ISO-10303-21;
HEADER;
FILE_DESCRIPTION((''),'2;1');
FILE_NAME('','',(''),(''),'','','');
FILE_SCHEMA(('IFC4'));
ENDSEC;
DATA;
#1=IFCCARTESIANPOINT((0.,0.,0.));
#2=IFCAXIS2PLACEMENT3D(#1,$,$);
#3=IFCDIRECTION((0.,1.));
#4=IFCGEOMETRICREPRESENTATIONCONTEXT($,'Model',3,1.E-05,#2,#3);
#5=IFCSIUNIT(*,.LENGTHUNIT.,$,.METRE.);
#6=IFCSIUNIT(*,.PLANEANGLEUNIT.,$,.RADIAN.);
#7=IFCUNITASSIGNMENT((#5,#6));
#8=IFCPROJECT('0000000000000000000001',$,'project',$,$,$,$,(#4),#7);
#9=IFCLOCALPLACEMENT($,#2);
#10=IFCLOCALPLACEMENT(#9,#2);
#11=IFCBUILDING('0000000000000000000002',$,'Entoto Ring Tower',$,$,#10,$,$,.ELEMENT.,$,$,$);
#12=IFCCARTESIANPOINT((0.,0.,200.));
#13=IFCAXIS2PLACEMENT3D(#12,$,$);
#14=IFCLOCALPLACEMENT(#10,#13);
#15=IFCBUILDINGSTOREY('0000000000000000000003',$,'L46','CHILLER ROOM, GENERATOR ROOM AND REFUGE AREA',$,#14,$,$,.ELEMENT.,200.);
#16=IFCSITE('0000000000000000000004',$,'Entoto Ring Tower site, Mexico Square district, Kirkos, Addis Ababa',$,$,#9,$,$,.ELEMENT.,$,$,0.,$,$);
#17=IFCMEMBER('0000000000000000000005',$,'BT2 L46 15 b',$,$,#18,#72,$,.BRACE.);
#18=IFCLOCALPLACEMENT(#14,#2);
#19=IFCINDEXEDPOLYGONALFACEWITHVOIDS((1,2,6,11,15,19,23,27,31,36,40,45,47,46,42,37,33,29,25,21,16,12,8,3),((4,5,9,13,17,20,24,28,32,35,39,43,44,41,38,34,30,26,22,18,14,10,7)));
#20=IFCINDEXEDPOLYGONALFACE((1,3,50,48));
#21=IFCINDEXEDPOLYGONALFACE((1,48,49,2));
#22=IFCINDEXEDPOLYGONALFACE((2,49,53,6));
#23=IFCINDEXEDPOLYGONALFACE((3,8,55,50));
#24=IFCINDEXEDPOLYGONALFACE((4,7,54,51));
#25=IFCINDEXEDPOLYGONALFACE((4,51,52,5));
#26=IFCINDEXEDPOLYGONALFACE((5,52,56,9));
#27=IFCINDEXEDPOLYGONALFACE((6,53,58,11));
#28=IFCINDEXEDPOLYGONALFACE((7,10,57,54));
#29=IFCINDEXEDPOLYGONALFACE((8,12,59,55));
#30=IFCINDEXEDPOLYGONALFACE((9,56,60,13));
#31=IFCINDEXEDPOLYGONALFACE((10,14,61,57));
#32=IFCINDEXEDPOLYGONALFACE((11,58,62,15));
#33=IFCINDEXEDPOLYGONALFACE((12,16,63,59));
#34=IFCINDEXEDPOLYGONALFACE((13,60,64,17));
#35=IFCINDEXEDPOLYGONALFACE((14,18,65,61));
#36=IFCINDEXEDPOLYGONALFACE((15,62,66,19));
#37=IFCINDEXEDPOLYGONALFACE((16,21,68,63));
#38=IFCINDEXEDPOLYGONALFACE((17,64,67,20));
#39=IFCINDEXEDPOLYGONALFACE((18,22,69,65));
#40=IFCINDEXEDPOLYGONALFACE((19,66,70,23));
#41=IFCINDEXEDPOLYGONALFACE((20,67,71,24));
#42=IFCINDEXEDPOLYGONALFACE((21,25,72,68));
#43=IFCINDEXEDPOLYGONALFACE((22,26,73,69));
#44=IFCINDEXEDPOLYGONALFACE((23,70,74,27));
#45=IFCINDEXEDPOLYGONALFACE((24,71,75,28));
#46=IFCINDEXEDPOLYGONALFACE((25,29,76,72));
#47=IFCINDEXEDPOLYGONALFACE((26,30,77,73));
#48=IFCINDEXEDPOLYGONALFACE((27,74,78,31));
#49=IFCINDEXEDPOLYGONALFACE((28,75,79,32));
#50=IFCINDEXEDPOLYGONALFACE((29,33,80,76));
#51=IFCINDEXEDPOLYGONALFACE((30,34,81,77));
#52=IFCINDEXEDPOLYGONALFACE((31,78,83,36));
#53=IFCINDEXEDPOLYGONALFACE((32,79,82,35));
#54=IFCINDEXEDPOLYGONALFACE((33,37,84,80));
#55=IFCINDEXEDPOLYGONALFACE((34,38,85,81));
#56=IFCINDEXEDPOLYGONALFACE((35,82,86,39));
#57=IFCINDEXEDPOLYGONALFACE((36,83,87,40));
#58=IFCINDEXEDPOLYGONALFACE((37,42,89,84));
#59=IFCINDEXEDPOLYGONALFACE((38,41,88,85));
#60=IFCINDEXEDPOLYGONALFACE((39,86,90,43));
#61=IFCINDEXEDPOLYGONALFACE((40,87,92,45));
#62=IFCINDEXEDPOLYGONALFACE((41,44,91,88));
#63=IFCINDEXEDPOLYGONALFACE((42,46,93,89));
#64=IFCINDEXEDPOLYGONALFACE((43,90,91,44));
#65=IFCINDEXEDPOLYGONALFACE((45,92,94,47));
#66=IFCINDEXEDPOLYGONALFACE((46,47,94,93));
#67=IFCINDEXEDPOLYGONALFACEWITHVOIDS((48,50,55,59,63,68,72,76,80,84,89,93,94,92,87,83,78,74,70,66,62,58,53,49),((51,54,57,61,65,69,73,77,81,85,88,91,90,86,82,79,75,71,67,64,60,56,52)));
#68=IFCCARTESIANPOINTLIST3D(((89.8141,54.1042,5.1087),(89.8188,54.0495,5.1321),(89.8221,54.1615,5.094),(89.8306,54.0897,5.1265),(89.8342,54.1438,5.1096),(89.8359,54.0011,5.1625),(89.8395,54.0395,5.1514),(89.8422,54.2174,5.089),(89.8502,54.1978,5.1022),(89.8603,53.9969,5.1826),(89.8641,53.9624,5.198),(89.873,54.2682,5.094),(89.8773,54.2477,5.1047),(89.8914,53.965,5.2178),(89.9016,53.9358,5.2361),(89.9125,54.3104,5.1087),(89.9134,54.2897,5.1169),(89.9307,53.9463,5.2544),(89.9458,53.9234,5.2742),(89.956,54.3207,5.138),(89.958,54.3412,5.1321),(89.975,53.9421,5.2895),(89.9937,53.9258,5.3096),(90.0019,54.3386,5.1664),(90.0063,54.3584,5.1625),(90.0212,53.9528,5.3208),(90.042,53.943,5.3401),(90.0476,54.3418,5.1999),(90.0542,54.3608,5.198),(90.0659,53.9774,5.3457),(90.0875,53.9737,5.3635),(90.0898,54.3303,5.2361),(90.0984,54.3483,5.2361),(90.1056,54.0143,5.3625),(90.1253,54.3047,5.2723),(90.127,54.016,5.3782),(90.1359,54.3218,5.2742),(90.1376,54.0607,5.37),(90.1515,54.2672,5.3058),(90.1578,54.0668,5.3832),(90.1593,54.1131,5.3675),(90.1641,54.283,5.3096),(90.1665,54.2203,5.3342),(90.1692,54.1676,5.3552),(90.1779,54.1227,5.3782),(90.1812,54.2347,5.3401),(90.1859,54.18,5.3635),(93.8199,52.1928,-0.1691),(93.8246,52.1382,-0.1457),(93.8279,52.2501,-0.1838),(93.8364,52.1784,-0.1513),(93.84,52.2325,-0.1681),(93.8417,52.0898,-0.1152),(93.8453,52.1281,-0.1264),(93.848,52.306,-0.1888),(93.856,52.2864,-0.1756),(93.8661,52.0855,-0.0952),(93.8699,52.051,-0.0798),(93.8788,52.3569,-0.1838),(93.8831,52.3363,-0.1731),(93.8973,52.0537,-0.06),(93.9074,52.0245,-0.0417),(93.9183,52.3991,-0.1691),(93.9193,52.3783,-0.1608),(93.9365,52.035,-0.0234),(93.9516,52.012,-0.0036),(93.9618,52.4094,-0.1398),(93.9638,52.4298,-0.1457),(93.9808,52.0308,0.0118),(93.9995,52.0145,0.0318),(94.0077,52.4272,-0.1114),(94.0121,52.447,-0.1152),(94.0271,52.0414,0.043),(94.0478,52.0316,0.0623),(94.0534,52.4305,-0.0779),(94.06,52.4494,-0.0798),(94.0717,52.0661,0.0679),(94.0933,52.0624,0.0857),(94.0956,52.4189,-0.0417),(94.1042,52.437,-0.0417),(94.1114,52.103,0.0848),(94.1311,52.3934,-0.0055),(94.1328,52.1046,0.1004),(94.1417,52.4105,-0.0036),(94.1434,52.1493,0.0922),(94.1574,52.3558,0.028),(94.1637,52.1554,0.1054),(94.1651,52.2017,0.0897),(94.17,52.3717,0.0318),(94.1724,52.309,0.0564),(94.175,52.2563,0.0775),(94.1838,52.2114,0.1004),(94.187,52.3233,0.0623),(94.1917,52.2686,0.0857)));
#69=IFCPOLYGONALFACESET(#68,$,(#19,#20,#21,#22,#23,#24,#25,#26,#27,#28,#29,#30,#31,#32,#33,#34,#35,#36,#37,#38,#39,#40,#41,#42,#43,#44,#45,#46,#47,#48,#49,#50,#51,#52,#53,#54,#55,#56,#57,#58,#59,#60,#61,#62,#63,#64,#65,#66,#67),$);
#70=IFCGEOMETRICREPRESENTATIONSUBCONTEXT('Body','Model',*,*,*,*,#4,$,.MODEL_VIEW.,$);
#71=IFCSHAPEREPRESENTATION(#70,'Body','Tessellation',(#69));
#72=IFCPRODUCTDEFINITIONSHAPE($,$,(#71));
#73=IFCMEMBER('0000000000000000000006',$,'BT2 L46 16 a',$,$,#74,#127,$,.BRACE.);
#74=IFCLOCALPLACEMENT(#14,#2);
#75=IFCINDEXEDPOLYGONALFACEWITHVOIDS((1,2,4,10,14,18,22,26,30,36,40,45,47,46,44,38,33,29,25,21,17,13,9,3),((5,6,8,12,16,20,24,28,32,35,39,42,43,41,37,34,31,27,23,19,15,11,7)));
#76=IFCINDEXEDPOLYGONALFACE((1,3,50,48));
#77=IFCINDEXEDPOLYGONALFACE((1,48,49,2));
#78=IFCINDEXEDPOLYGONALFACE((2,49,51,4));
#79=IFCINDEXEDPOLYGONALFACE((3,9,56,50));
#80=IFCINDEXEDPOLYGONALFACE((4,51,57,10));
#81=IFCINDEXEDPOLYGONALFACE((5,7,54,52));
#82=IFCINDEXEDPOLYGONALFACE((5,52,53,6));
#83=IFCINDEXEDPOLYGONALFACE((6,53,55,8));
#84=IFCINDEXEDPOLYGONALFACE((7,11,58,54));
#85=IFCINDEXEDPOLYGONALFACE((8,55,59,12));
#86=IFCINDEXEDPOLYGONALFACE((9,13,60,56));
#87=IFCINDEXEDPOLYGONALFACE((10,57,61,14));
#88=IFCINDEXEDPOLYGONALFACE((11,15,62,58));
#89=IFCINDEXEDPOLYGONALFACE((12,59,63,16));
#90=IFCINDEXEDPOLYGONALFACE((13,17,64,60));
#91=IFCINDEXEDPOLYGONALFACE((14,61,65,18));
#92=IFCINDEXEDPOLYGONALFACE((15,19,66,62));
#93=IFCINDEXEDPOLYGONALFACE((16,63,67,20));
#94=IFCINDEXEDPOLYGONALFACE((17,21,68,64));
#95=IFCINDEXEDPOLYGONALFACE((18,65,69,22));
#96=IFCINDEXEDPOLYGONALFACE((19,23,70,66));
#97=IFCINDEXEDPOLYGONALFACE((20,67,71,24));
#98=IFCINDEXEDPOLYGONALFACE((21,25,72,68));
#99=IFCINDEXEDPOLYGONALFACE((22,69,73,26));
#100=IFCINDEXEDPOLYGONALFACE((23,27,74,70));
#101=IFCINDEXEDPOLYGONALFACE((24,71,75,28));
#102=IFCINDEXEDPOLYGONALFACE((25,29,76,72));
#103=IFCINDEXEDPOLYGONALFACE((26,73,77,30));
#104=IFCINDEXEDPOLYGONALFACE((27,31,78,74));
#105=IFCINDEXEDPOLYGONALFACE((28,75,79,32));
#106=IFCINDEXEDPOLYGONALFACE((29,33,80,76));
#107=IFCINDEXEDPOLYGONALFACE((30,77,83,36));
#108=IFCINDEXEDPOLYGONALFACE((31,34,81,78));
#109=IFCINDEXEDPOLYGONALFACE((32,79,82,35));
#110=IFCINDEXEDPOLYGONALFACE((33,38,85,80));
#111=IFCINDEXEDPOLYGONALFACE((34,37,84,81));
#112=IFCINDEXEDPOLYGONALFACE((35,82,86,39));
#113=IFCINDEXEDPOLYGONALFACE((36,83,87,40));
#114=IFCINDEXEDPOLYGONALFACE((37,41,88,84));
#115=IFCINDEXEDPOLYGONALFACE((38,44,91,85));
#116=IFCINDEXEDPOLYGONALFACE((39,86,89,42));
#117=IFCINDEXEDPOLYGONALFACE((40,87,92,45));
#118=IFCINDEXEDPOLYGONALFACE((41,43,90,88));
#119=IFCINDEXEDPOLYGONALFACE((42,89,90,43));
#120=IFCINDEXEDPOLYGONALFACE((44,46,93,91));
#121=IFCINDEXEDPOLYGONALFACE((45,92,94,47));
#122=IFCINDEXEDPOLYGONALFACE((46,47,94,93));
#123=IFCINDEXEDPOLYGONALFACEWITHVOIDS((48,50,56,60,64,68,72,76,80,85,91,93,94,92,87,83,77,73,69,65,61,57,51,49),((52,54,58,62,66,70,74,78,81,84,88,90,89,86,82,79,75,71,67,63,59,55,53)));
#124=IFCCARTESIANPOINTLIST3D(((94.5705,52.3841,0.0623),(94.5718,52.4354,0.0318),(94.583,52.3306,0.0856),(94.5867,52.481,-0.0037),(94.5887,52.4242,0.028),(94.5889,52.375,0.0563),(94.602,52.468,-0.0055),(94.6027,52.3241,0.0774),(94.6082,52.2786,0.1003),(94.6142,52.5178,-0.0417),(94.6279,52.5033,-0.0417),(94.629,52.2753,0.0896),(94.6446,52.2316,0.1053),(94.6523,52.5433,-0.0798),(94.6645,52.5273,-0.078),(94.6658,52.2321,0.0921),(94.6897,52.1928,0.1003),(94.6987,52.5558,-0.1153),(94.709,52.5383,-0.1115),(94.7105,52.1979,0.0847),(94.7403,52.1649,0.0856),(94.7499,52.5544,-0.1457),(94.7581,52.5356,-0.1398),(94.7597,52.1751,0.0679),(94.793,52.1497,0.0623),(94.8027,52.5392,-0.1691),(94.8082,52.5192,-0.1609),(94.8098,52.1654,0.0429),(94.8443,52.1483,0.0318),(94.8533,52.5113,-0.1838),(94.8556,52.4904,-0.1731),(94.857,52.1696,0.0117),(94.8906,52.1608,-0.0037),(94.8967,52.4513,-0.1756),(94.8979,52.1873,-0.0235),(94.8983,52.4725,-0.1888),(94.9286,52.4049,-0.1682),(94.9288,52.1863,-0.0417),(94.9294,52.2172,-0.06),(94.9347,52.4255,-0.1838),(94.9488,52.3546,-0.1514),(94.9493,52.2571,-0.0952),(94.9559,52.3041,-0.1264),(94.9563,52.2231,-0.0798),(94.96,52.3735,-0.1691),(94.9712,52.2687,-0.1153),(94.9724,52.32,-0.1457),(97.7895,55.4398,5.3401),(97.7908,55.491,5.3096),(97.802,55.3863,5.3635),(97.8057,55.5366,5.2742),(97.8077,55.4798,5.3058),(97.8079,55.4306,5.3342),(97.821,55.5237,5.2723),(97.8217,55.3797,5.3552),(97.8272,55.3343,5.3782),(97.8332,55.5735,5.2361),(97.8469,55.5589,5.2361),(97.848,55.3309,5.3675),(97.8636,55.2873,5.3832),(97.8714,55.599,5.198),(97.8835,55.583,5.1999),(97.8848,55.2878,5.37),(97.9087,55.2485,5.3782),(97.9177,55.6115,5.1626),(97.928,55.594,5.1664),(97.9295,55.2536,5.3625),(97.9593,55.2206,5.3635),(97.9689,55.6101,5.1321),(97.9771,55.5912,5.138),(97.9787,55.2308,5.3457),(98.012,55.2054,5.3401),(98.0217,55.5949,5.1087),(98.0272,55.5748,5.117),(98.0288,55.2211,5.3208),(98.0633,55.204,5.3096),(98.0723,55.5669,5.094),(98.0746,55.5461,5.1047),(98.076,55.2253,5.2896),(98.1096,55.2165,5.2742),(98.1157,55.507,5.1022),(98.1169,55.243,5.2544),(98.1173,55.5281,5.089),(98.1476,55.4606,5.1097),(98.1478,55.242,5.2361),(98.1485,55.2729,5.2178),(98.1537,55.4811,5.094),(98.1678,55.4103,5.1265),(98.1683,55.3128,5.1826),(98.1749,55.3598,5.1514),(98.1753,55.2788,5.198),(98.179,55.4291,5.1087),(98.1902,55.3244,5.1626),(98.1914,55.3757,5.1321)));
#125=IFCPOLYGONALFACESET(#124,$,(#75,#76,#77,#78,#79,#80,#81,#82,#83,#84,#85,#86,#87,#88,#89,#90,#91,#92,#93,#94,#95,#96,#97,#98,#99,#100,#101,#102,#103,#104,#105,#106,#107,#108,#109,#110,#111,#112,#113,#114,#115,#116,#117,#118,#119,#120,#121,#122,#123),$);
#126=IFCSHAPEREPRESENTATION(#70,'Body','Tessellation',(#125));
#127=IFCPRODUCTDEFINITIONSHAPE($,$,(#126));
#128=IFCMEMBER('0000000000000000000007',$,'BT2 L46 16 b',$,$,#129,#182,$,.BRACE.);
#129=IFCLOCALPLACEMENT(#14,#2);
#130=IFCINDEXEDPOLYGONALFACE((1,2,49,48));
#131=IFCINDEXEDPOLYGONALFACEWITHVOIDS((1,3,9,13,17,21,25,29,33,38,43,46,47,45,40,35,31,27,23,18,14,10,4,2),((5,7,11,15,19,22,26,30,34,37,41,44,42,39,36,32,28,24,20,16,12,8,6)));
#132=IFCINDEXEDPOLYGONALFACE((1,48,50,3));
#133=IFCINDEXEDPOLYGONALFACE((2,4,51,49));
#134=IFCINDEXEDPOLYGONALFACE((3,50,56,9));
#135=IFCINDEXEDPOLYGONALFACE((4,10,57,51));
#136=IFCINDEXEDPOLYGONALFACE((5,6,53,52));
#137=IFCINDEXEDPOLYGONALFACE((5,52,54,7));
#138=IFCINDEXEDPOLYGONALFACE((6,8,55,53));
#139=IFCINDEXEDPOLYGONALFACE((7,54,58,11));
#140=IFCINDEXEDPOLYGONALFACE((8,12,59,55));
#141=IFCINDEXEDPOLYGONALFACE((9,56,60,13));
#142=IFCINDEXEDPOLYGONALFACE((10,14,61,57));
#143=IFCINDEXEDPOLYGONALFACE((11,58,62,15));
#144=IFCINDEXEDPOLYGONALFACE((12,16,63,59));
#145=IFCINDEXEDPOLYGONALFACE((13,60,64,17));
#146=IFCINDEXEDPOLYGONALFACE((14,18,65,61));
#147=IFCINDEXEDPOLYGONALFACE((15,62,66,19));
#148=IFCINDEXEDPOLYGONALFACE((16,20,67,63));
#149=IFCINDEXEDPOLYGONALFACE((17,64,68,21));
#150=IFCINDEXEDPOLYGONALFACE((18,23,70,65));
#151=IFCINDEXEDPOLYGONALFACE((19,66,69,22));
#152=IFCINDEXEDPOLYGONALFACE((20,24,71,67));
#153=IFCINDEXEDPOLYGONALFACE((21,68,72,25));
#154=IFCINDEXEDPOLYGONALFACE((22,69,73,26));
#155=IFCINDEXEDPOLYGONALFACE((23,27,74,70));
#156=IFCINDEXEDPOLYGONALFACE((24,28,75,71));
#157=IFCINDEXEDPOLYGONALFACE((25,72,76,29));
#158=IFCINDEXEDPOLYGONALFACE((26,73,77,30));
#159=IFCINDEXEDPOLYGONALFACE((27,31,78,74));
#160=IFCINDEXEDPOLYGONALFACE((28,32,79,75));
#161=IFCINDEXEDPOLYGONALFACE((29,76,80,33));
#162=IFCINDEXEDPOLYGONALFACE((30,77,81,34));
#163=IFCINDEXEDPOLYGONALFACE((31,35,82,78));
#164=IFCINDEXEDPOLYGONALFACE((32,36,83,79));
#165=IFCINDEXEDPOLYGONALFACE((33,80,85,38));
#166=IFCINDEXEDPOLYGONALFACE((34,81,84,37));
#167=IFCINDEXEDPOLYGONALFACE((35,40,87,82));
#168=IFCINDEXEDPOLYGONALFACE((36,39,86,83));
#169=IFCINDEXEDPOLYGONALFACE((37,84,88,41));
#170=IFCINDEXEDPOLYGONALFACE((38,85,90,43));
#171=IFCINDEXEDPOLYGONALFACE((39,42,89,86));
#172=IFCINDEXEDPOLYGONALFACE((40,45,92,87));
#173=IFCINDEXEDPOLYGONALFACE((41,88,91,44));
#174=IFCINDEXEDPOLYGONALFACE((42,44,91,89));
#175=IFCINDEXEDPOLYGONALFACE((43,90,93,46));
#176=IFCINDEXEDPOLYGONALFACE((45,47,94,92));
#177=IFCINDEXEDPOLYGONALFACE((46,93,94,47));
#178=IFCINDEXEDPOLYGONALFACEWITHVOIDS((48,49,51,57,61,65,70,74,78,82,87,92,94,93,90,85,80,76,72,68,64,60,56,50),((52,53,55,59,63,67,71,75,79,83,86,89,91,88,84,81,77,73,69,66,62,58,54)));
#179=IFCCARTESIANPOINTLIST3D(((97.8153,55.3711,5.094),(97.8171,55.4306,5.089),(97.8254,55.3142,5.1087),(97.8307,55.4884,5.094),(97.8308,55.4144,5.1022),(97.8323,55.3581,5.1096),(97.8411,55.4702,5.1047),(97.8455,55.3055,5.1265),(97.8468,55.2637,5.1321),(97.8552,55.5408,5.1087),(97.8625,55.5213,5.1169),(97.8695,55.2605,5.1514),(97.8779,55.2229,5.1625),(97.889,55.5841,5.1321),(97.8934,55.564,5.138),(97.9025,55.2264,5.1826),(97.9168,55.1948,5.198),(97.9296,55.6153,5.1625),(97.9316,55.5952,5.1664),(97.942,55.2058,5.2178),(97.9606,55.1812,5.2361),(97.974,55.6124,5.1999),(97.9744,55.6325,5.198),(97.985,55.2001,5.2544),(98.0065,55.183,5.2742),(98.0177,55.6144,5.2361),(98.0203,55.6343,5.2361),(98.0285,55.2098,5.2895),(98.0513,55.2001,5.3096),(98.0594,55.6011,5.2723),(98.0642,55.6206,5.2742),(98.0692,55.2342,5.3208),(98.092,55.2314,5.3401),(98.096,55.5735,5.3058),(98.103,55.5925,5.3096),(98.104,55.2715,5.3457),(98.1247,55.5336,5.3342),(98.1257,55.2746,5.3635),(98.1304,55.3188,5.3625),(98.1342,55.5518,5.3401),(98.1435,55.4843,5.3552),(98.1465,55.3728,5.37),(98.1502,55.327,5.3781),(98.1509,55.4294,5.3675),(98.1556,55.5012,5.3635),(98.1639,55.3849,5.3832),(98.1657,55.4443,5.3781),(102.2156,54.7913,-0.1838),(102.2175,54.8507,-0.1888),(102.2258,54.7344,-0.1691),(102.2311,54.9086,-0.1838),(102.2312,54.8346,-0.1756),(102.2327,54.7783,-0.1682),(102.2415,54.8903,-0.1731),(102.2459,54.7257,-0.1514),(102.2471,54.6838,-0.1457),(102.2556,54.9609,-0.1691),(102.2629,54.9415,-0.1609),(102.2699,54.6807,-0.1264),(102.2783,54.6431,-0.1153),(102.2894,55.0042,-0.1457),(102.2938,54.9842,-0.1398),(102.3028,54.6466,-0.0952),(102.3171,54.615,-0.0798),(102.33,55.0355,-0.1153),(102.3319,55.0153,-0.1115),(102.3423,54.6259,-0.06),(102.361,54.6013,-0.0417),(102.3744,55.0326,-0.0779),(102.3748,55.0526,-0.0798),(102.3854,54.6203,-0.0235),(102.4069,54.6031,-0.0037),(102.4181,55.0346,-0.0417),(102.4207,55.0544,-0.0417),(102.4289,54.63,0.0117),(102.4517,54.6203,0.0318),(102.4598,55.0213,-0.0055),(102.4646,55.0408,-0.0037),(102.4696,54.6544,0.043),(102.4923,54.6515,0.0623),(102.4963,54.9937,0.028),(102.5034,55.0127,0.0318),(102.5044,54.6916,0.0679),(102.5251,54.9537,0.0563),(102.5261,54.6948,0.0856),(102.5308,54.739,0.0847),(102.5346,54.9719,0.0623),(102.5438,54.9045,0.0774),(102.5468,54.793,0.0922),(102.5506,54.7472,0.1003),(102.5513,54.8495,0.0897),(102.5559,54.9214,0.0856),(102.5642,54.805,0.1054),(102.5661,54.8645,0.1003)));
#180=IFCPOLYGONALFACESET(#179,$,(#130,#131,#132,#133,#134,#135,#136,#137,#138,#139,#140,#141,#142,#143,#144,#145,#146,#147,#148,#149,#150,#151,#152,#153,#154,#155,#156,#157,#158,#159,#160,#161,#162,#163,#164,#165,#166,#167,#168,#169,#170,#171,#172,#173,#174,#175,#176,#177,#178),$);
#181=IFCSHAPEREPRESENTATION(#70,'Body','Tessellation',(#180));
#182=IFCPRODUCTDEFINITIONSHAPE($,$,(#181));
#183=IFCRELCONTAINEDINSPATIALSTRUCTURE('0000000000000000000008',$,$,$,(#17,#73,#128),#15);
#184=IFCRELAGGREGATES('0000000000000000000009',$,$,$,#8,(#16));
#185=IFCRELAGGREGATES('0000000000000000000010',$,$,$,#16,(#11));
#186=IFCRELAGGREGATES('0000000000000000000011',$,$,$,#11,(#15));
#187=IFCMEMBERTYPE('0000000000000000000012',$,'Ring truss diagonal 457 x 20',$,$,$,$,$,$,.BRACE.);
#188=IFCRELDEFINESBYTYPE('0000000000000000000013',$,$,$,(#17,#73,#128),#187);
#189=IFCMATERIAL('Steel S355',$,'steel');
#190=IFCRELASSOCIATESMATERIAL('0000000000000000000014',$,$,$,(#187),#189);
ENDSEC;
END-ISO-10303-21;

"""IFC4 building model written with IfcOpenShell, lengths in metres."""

from ifc_helpers import new_model, si_unit, direction, frame, origin, origin_2d, place, context, subcontext, project, spatial, circle, hollow_circle, extrude, material, material_profile, profile_set, type_object, element, save


model = new_model("IFC4")

# Units and contexts
model_context = context("Model", 3, precision=1e-05, world=origin(), true_north=direction((0.0, 1.0)))
body_context = subcontext(model_context, "Body", "Model", "MODEL_VIEW")
ifc_project = project(units=[si_unit("LENGTHUNIT", "METRE"), si_unit("PLANEANGLEUNIT", "RADIAN")], contexts=[model_context])

# Site, building, storey
site_placement = place(None, origin())
site = spatial("IfcSite", under=ifc_project, at=site_placement, Name="Entoto Ring Tower site, Mexico Square district, Kirkos, Addis Ababa", CompositionType="ELEMENT", RefElevation=0.0)
building_placement = place(site_placement, origin())
building = spatial("IfcBuilding", under=site, at=building_placement, Name="Entoto Ring Tower", CompositionType="ELEMENT")
storey_placement = place(building_placement, frame((0.0, 0.0, 200.0)))
storey = spatial("IfcBuildingStorey", under=building, at=storey_placement, Name="L46", Description="CHILLER ROOM, GENERATOR ROOM AND REFUGE AREA", CompositionType="ELEMENT", Elevation=200.0)

# Members
ifc_material_1 = material(Name="Steel S355", Category="steel")
ifc_material_profile_1 = material_profile(ifc_material_1, hollow_circle(Radius=0.2285, WallThickness=0.02, at=origin_2d()), Name="CHS 457 x 20")
ifc_material_2 = material(Name="Concrete C60/75", Category="concrete")
ifc_material_profile_2 = material_profile(ifc_material_2, circle(Radius=0.2085, at=origin_2d()), Name="Concrete C60/75 infill")
ifc_profile_set_1 = profile_set([ifc_material_profile_1, ifc_material_profile_2], Name="Steel S355")
member_type_1 = type_object("IfcMemberType", Name="Ring truss diagonal 457 x 20", PredefinedType="BRACE", material=ifc_profile_set_1)
for number, where, z_axis, x_axis, name in (
    (1, (90.0, 54.1421, 5.2361), (0.58089, -0.277169, -0.765339), (0.430636, 0.902526, 0.0), "BT2 L46 15 b"),
    (2, (94.7715, 52.3521, -0.0417), (0.466793, 0.443108, 0.765349), (-0.688468, 0.725267, 0.0), "BT2 L46 16 a"),
    (3, (97.9905, 55.4077, 5.2361), (0.638105, -0.084082, -0.765344), (0.130639, 0.99143, 0.0), "BT2 L46 16 b"),
):
    element("IfcMember", number, at=place(storey_placement, frame(where, z_axis=z_axis, x_axis=x_axis)), inside=storey, type_object=member_type_1, Name=name, PredefinedType="BRACE", context=body_context, shape_type="SweptSolid", body=[
        extrude(hollow_circle(Radius=0.2285, WallThickness=0.02, at=origin_2d()), origin(), (0.0, 0.0, 1.0), 6.896),
    ])

save(model, "model.ifc")
